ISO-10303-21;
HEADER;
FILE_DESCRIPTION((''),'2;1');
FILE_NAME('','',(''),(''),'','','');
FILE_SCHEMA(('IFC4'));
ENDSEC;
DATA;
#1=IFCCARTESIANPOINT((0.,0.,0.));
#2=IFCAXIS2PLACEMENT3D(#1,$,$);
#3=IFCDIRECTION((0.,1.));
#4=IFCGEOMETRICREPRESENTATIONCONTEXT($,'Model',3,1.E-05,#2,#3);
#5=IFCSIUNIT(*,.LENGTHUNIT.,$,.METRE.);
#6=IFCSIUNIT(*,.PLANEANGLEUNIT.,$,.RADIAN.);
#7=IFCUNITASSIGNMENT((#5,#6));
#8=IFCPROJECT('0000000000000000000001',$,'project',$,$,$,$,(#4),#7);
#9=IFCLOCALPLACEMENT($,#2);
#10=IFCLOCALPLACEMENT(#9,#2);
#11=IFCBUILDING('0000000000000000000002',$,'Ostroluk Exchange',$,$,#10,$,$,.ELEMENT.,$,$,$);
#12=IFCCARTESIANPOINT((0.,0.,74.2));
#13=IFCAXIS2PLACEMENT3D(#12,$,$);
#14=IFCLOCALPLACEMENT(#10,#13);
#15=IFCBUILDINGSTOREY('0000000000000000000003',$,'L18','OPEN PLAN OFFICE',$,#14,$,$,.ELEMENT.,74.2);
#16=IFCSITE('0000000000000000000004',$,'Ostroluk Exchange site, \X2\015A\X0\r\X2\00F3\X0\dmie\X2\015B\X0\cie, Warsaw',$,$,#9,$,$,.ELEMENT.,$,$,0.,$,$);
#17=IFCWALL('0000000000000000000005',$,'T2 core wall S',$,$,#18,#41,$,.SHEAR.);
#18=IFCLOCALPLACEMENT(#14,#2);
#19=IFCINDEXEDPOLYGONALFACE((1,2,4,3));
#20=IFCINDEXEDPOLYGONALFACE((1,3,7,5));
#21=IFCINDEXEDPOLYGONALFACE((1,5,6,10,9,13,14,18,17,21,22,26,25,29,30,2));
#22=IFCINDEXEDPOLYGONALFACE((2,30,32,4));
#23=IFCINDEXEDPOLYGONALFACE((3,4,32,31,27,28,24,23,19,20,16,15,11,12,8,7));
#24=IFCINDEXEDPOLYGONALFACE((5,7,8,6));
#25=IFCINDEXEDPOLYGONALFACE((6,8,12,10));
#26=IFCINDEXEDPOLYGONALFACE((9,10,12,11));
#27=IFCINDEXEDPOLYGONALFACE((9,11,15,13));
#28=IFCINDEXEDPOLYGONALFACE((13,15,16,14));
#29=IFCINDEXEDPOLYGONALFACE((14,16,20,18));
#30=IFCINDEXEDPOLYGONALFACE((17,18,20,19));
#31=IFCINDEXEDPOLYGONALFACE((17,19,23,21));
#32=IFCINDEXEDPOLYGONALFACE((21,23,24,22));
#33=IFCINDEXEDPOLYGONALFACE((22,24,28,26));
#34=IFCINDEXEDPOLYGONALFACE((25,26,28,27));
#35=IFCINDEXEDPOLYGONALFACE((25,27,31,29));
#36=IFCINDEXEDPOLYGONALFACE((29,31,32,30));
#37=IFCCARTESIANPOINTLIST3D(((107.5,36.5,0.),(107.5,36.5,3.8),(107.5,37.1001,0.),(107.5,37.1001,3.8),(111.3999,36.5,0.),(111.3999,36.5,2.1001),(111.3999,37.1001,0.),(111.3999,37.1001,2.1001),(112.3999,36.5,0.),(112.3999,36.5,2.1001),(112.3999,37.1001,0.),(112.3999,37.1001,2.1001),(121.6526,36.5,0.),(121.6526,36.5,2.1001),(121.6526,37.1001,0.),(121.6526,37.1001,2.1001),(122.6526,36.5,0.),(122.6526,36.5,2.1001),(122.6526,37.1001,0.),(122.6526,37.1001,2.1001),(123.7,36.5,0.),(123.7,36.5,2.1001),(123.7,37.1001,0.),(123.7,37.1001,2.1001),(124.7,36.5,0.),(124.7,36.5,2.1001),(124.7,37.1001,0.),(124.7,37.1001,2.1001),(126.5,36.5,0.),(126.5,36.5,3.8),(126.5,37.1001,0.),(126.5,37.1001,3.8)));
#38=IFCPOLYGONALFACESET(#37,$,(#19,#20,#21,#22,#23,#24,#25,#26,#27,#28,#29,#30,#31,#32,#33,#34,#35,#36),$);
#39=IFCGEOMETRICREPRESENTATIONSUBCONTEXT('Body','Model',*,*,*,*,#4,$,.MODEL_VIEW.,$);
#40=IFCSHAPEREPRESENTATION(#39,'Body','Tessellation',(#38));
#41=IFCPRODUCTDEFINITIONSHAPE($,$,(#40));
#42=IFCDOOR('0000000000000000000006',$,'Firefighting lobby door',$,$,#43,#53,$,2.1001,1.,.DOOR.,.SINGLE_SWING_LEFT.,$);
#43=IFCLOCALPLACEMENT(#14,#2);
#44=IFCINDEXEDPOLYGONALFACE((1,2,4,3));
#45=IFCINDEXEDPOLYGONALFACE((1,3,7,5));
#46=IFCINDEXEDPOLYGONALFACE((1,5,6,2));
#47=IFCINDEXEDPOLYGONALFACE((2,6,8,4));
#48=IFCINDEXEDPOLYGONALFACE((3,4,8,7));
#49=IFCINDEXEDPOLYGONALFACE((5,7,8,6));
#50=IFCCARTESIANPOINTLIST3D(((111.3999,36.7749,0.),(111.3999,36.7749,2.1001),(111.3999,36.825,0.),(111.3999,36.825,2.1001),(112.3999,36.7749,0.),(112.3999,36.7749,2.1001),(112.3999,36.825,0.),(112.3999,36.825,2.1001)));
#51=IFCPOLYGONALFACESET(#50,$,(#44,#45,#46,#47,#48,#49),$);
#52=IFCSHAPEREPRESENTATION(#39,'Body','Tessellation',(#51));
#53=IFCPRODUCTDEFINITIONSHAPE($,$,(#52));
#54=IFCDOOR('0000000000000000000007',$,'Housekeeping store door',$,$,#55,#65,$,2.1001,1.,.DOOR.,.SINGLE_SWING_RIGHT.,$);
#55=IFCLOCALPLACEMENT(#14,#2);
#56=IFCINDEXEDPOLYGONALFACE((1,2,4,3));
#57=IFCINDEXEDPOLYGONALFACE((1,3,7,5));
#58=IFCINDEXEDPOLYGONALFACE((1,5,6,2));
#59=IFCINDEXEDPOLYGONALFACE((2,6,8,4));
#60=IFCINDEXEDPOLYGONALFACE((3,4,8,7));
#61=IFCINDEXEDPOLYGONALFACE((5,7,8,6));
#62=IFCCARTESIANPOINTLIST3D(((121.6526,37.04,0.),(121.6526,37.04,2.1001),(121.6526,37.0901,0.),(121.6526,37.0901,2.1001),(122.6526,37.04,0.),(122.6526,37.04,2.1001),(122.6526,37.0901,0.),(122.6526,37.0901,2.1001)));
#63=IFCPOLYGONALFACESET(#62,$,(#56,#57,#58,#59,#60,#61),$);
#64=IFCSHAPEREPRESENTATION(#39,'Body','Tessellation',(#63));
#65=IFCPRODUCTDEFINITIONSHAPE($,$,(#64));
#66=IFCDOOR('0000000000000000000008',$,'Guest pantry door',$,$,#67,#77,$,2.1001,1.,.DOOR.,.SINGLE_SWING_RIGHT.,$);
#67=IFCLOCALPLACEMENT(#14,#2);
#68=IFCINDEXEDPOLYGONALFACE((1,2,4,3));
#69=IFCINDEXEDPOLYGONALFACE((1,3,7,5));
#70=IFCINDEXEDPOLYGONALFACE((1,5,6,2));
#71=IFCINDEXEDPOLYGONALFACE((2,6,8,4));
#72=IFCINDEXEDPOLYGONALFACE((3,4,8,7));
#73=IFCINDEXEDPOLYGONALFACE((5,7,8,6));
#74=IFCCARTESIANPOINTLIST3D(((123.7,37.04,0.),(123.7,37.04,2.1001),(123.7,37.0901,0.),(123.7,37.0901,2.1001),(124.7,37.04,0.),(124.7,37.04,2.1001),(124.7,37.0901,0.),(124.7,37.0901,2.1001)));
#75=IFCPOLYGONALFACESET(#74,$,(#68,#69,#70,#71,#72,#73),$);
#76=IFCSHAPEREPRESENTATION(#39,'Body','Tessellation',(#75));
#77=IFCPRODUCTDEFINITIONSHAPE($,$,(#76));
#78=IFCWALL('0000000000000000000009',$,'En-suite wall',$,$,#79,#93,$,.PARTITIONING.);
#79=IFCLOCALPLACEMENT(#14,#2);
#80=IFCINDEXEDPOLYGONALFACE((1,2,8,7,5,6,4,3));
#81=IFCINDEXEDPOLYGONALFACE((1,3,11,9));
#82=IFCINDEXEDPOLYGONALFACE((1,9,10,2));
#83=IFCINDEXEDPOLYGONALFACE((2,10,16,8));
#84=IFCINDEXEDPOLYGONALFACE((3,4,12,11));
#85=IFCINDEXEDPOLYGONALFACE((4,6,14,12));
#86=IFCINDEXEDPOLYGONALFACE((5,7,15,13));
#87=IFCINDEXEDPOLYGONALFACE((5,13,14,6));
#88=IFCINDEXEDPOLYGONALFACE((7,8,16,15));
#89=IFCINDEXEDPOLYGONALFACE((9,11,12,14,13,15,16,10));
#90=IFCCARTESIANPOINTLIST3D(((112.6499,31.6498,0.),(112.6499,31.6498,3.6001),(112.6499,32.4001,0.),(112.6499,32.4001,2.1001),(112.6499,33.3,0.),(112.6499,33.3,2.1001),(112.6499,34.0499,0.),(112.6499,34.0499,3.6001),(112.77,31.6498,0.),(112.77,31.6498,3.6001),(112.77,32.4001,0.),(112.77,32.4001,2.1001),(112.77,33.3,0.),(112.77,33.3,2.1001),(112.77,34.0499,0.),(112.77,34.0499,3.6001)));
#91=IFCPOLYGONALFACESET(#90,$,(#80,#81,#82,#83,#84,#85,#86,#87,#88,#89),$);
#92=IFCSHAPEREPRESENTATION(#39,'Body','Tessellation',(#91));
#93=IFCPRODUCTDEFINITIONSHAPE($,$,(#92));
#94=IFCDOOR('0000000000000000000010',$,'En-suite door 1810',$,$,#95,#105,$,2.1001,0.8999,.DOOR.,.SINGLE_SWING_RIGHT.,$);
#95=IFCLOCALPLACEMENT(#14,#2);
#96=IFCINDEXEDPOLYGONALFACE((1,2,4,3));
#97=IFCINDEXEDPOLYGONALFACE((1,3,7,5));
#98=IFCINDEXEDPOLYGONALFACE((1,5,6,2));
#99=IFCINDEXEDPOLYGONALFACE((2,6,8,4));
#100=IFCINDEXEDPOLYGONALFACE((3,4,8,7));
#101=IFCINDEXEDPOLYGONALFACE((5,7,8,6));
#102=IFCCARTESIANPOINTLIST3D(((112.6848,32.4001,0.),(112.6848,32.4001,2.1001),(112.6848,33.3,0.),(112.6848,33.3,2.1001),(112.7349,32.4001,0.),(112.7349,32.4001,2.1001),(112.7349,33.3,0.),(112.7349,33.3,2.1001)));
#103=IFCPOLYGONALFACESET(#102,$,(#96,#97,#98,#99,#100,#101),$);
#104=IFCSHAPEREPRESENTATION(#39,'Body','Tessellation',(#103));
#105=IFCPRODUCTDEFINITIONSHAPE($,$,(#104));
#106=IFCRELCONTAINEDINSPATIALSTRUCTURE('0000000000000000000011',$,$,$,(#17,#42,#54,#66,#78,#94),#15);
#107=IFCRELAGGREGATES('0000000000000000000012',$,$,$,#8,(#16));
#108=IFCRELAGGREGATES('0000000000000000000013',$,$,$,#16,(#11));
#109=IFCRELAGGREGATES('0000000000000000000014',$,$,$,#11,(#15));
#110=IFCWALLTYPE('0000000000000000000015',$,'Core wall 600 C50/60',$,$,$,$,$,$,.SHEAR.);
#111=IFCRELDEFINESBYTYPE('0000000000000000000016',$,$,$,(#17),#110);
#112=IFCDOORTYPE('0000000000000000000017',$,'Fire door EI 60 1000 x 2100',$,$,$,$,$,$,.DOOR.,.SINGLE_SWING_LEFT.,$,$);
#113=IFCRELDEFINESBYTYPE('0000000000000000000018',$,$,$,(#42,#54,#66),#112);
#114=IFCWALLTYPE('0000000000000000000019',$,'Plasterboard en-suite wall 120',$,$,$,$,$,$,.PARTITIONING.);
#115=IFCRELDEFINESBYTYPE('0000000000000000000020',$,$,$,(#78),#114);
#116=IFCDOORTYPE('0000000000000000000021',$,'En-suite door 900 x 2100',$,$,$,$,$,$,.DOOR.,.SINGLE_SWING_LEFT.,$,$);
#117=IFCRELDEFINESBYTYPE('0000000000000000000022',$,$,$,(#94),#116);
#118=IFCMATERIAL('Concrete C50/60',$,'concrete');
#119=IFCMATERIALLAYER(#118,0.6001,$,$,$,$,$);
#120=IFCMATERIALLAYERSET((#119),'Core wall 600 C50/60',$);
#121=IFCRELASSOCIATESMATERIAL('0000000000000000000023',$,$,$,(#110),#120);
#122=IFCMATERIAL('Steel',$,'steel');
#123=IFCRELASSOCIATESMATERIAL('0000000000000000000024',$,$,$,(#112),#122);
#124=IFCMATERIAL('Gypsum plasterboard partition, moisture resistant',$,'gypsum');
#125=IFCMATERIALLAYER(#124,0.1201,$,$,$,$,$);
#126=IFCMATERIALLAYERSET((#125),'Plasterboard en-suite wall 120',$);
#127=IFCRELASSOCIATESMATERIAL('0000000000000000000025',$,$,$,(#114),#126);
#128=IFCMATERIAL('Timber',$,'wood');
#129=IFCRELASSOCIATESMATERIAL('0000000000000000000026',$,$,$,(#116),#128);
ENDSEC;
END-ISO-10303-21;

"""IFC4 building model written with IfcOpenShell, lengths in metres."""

from ifc_helpers import new_model, si_unit, direction, frame, frame_2d, origin, place, context, subcontext, project, spatial, rectangle, extrude, material, layer, layer_set, type_object, element, fill, save


model = new_model("IFC4")

# Units and contexts
model_context = context("Model", 3, precision=1e-05, world=origin(), true_north=direction((0.0, 1.0)))
body_context = subcontext(model_context, "Body", "Model", "MODEL_VIEW")
ifc_project = project(units=[si_unit("LENGTHUNIT", "METRE"), si_unit("PLANEANGLEUNIT", "RADIAN")], contexts=[model_context])

# Site, building, storey
site_placement = place(None, origin())
site = spatial("IfcSite", under=ifc_project, at=site_placement, Name="Ostroluk Exchange site, Śródmieście, Warsaw", CompositionType="ELEMENT", RefElevation=0.0)
building_placement = place(site_placement, origin())
building = spatial("IfcBuilding", under=site, at=building_placement, Name="Ostroluk Exchange", CompositionType="ELEMENT")
storey_placement = place(building_placement, frame((0.0, 0.0, 74.2)))
storey = spatial("IfcBuildingStorey", under=building, at=storey_placement, Name="L18", Description="OPEN PLAN OFFICE", CompositionType="ELEMENT", Elevation=74.2)

# Wall, openings, doors
ifc_material_1 = material(Name="Concrete C50/60", Category="concrete")
ifc_layer_1 = layer(ifc_material_1, 0.6001)
ifc_layer_set_1 = layer_set([ifc_layer_1], Name="Core wall 600 C50/60")
wall_type_1 = type_object("IfcWallType", Name="Core wall 600 C50/60", PredefinedType="SHEAR", material=ifc_layer_set_1)
wall_1_placement = place(storey_placement, frame((107.5, 36.8, 0.0), z_axis=(0.0, 0.0, 1.0), x_axis=(1.0, 0.0, 0.0)))
wall_1 = element("IfcWall", 1, at=wall_1_placement, inside=storey, type_object=wall_type_1, Name="T2 core wall S", PredefinedType="SHEAR", context=body_context, shape_type="SweptSolid", body=[
    extrude(rectangle(XDim=19.0, YDim=0.6001, at=frame_2d((9.5, 0.0))), origin(), (0.0, 0.0, 1.0), 3.8),
])
opening_1_placement = place(wall_1_placement, frame((3.8999, 0.0, 0.0)))
opening_1 = element("IfcOpeningElement", 2, at=opening_1_placement, cuts=wall_1, PredefinedType="OPENING", context=body_context, shape_type="SweptSolid", body=[
    extrude(rectangle(XDim=1.0, YDim=2.1001, at=frame_2d((0.5, 1.05))), frame((0.0, 0.3101, 0.0), z_axis=(0.0, -1.0, 0.0), x_axis=(1.0, 0.0, 0.0)), (0.0, 0.0, 1.0), 0.6201),
])
opening_2_placement = place(wall_1_placement, frame((14.1526, 0.0, 0.0)))
opening_2 = element("IfcOpeningElement", 3, at=opening_2_placement, cuts=wall_1, PredefinedType="OPENING", context=body_context, shape_type="SweptSolid", body=[
    extrude(rectangle(XDim=1.0, YDim=2.1001, at=frame_2d((0.5, 1.05))), frame((0.0, 0.3101, 0.0), z_axis=(0.0, -1.0, 0.0), x_axis=(1.0, 0.0, 0.0)), (0.0, 0.0, 1.0), 0.6201),
])
opening_3_placement = place(wall_1_placement, frame((16.2, 0.0, 0.0)))
opening_3 = element("IfcOpeningElement", 4, at=opening_3_placement, cuts=wall_1, PredefinedType="OPENING", context=body_context, shape_type="SweptSolid", body=[
    extrude(rectangle(XDim=1.0, YDim=2.1001, at=frame_2d((0.5, 1.05))), frame((0.0, 0.3101, 0.0), z_axis=(0.0, -1.0, 0.0), x_axis=(1.0, 0.0, 0.0)), (0.0, 0.0, 1.0), 0.6201),
])
ifc_material_2 = material(Name="Steel", Category="steel")
door_type_1 = type_object("IfcDoorType", Name="Fire door EI 60 1000 x 2100", OperationType="SINGLE_SWING_LEFT", PredefinedType="DOOR", material=ifc_material_2)
door_1_placement = place(opening_1_placement, origin())
door_1 = element("IfcDoor", 5, at=door_1_placement, inside=storey, type_object=door_type_1, Name="Firefighting lobby door", OperationType="SINGLE_SWING_LEFT", OverallHeight=2.1001, OverallWidth=1.0, PredefinedType="DOOR", context=body_context, shape_type="SweptSolid", body=[
    extrude(rectangle(XDim=1.0, YDim=2.1001, at=frame_2d((0.5, 1.05))), frame((0.0, 0.0249, 0.0), z_axis=(0.0, -1.0, 0.0), x_axis=(1.0, 0.0, 0.0)), (0.0, 0.0, 1.0), 0.05),
])
fill(opening_1, door_1)
door_2_placement = place(opening_2_placement, origin())
door_2 = element("IfcDoor", 6, at=door_2_placement, inside=storey, type_object=door_type_1, Name="Housekeeping store door", OperationType="SINGLE_SWING_RIGHT", OverallHeight=2.1001, OverallWidth=1.0, PredefinedType="DOOR", context=body_context, shape_type="SweptSolid", body=[
    extrude(rectangle(XDim=1.0, YDim=2.1001, at=frame_2d((0.5, 1.05))), frame((0.0, 0.29, 0.0), z_axis=(0.0, -1.0, 0.0), x_axis=(1.0, 0.0, 0.0)), (0.0, 0.0, 1.0), 0.05),
])
fill(opening_2, door_2)
door_3_placement = place(opening_3_placement, origin())
door_3 = element("IfcDoor", 7, at=door_3_placement, inside=storey, type_object=door_type_1, Name="Guest pantry door", OperationType="SINGLE_SWING_RIGHT", OverallHeight=2.1001, OverallWidth=1.0, PredefinedType="DOOR", context=body_context, shape_type="SweptSolid", body=[
    extrude(rectangle(XDim=1.0, YDim=2.1001, at=frame_2d((0.5, 1.05))), frame((0.0, 0.29, 0.0), z_axis=(0.0, -1.0, 0.0), x_axis=(1.0, 0.0, 0.0)), (0.0, 0.0, 1.0), 0.05),
])
fill(opening_3, door_3)

# Wall, opening, door
ifc_material_3 = material(Name="Gypsum plasterboard partition, moisture resistant", Category="gypsum")
ifc_layer_2 = layer(ifc_material_3, 0.1201)
ifc_layer_set_2 = layer_set([ifc_layer_2], Name="Plasterboard en-suite wall 120")
wall_type_2 = type_object("IfcWallType", Name="Plasterboard en-suite wall 120", PredefinedType="PARTITIONING", material=ifc_layer_set_2)
wall_2_placement = place(storey_placement, frame((112.71, 34.05, 0.0), z_axis=(0.0, 0.0, 1.0), x_axis=(0.0, -1.0, 0.0)))
wall_2 = element("IfcWall", 8, at=wall_2_placement, inside=storey, type_object=wall_type_2, Name="En-suite wall", PredefinedType="PARTITIONING", context=body_context, shape_type="SweptSolid", body=[
    extrude(rectangle(XDim=2.4001, YDim=0.1201, at=frame_2d((1.2002, 0.0))), origin(), (0.0, 0.0, 1.0), 3.6001),
])
opening_4_placement = place(wall_2_placement, frame((0.75, 0.0, 0.0)))
opening_4 = element("IfcOpeningElement", 9, at=opening_4_placement, cuts=wall_2, PredefinedType="OPENING", context=body_context, shape_type="SweptSolid", body=[
    extrude(rectangle(XDim=0.8999, YDim=2.1001, at=frame_2d((0.45, 1.05))), frame((0.0, 0.0701, 0.0), z_axis=(0.0, -1.0, 0.0), x_axis=(1.0, 0.0, 0.0)), (0.0, 0.0, 1.0), 0.1401),
])
ifc_material_4 = material(Name="Timber", Category="wood")
door_type_2 = type_object("IfcDoorType", Name="En-suite door 900 x 2100", OperationType="SINGLE_SWING_LEFT", PredefinedType="DOOR", material=ifc_material_4)
door_4_placement = place(opening_4_placement, origin())
door_4 = element("IfcDoor", 10, at=door_4_placement, inside=storey, type_object=door_type_2, Name="En-suite door 1810", OperationType="SINGLE_SWING_RIGHT", OverallHeight=2.1001, OverallWidth=0.8999, PredefinedType="DOOR", context=body_context, shape_type="SweptSolid", body=[
    extrude(rectangle(XDim=0.8999, YDim=2.1001, at=frame_2d((0.45, 1.05))), frame((0.0, 0.0249, 0.0), z_axis=(0.0, -1.0, 0.0), x_axis=(1.0, 0.0, 0.0)), (0.0, 0.0, 1.0), 0.05),
])
fill(opening_4, door_4)

save(model, "model.ifc")
